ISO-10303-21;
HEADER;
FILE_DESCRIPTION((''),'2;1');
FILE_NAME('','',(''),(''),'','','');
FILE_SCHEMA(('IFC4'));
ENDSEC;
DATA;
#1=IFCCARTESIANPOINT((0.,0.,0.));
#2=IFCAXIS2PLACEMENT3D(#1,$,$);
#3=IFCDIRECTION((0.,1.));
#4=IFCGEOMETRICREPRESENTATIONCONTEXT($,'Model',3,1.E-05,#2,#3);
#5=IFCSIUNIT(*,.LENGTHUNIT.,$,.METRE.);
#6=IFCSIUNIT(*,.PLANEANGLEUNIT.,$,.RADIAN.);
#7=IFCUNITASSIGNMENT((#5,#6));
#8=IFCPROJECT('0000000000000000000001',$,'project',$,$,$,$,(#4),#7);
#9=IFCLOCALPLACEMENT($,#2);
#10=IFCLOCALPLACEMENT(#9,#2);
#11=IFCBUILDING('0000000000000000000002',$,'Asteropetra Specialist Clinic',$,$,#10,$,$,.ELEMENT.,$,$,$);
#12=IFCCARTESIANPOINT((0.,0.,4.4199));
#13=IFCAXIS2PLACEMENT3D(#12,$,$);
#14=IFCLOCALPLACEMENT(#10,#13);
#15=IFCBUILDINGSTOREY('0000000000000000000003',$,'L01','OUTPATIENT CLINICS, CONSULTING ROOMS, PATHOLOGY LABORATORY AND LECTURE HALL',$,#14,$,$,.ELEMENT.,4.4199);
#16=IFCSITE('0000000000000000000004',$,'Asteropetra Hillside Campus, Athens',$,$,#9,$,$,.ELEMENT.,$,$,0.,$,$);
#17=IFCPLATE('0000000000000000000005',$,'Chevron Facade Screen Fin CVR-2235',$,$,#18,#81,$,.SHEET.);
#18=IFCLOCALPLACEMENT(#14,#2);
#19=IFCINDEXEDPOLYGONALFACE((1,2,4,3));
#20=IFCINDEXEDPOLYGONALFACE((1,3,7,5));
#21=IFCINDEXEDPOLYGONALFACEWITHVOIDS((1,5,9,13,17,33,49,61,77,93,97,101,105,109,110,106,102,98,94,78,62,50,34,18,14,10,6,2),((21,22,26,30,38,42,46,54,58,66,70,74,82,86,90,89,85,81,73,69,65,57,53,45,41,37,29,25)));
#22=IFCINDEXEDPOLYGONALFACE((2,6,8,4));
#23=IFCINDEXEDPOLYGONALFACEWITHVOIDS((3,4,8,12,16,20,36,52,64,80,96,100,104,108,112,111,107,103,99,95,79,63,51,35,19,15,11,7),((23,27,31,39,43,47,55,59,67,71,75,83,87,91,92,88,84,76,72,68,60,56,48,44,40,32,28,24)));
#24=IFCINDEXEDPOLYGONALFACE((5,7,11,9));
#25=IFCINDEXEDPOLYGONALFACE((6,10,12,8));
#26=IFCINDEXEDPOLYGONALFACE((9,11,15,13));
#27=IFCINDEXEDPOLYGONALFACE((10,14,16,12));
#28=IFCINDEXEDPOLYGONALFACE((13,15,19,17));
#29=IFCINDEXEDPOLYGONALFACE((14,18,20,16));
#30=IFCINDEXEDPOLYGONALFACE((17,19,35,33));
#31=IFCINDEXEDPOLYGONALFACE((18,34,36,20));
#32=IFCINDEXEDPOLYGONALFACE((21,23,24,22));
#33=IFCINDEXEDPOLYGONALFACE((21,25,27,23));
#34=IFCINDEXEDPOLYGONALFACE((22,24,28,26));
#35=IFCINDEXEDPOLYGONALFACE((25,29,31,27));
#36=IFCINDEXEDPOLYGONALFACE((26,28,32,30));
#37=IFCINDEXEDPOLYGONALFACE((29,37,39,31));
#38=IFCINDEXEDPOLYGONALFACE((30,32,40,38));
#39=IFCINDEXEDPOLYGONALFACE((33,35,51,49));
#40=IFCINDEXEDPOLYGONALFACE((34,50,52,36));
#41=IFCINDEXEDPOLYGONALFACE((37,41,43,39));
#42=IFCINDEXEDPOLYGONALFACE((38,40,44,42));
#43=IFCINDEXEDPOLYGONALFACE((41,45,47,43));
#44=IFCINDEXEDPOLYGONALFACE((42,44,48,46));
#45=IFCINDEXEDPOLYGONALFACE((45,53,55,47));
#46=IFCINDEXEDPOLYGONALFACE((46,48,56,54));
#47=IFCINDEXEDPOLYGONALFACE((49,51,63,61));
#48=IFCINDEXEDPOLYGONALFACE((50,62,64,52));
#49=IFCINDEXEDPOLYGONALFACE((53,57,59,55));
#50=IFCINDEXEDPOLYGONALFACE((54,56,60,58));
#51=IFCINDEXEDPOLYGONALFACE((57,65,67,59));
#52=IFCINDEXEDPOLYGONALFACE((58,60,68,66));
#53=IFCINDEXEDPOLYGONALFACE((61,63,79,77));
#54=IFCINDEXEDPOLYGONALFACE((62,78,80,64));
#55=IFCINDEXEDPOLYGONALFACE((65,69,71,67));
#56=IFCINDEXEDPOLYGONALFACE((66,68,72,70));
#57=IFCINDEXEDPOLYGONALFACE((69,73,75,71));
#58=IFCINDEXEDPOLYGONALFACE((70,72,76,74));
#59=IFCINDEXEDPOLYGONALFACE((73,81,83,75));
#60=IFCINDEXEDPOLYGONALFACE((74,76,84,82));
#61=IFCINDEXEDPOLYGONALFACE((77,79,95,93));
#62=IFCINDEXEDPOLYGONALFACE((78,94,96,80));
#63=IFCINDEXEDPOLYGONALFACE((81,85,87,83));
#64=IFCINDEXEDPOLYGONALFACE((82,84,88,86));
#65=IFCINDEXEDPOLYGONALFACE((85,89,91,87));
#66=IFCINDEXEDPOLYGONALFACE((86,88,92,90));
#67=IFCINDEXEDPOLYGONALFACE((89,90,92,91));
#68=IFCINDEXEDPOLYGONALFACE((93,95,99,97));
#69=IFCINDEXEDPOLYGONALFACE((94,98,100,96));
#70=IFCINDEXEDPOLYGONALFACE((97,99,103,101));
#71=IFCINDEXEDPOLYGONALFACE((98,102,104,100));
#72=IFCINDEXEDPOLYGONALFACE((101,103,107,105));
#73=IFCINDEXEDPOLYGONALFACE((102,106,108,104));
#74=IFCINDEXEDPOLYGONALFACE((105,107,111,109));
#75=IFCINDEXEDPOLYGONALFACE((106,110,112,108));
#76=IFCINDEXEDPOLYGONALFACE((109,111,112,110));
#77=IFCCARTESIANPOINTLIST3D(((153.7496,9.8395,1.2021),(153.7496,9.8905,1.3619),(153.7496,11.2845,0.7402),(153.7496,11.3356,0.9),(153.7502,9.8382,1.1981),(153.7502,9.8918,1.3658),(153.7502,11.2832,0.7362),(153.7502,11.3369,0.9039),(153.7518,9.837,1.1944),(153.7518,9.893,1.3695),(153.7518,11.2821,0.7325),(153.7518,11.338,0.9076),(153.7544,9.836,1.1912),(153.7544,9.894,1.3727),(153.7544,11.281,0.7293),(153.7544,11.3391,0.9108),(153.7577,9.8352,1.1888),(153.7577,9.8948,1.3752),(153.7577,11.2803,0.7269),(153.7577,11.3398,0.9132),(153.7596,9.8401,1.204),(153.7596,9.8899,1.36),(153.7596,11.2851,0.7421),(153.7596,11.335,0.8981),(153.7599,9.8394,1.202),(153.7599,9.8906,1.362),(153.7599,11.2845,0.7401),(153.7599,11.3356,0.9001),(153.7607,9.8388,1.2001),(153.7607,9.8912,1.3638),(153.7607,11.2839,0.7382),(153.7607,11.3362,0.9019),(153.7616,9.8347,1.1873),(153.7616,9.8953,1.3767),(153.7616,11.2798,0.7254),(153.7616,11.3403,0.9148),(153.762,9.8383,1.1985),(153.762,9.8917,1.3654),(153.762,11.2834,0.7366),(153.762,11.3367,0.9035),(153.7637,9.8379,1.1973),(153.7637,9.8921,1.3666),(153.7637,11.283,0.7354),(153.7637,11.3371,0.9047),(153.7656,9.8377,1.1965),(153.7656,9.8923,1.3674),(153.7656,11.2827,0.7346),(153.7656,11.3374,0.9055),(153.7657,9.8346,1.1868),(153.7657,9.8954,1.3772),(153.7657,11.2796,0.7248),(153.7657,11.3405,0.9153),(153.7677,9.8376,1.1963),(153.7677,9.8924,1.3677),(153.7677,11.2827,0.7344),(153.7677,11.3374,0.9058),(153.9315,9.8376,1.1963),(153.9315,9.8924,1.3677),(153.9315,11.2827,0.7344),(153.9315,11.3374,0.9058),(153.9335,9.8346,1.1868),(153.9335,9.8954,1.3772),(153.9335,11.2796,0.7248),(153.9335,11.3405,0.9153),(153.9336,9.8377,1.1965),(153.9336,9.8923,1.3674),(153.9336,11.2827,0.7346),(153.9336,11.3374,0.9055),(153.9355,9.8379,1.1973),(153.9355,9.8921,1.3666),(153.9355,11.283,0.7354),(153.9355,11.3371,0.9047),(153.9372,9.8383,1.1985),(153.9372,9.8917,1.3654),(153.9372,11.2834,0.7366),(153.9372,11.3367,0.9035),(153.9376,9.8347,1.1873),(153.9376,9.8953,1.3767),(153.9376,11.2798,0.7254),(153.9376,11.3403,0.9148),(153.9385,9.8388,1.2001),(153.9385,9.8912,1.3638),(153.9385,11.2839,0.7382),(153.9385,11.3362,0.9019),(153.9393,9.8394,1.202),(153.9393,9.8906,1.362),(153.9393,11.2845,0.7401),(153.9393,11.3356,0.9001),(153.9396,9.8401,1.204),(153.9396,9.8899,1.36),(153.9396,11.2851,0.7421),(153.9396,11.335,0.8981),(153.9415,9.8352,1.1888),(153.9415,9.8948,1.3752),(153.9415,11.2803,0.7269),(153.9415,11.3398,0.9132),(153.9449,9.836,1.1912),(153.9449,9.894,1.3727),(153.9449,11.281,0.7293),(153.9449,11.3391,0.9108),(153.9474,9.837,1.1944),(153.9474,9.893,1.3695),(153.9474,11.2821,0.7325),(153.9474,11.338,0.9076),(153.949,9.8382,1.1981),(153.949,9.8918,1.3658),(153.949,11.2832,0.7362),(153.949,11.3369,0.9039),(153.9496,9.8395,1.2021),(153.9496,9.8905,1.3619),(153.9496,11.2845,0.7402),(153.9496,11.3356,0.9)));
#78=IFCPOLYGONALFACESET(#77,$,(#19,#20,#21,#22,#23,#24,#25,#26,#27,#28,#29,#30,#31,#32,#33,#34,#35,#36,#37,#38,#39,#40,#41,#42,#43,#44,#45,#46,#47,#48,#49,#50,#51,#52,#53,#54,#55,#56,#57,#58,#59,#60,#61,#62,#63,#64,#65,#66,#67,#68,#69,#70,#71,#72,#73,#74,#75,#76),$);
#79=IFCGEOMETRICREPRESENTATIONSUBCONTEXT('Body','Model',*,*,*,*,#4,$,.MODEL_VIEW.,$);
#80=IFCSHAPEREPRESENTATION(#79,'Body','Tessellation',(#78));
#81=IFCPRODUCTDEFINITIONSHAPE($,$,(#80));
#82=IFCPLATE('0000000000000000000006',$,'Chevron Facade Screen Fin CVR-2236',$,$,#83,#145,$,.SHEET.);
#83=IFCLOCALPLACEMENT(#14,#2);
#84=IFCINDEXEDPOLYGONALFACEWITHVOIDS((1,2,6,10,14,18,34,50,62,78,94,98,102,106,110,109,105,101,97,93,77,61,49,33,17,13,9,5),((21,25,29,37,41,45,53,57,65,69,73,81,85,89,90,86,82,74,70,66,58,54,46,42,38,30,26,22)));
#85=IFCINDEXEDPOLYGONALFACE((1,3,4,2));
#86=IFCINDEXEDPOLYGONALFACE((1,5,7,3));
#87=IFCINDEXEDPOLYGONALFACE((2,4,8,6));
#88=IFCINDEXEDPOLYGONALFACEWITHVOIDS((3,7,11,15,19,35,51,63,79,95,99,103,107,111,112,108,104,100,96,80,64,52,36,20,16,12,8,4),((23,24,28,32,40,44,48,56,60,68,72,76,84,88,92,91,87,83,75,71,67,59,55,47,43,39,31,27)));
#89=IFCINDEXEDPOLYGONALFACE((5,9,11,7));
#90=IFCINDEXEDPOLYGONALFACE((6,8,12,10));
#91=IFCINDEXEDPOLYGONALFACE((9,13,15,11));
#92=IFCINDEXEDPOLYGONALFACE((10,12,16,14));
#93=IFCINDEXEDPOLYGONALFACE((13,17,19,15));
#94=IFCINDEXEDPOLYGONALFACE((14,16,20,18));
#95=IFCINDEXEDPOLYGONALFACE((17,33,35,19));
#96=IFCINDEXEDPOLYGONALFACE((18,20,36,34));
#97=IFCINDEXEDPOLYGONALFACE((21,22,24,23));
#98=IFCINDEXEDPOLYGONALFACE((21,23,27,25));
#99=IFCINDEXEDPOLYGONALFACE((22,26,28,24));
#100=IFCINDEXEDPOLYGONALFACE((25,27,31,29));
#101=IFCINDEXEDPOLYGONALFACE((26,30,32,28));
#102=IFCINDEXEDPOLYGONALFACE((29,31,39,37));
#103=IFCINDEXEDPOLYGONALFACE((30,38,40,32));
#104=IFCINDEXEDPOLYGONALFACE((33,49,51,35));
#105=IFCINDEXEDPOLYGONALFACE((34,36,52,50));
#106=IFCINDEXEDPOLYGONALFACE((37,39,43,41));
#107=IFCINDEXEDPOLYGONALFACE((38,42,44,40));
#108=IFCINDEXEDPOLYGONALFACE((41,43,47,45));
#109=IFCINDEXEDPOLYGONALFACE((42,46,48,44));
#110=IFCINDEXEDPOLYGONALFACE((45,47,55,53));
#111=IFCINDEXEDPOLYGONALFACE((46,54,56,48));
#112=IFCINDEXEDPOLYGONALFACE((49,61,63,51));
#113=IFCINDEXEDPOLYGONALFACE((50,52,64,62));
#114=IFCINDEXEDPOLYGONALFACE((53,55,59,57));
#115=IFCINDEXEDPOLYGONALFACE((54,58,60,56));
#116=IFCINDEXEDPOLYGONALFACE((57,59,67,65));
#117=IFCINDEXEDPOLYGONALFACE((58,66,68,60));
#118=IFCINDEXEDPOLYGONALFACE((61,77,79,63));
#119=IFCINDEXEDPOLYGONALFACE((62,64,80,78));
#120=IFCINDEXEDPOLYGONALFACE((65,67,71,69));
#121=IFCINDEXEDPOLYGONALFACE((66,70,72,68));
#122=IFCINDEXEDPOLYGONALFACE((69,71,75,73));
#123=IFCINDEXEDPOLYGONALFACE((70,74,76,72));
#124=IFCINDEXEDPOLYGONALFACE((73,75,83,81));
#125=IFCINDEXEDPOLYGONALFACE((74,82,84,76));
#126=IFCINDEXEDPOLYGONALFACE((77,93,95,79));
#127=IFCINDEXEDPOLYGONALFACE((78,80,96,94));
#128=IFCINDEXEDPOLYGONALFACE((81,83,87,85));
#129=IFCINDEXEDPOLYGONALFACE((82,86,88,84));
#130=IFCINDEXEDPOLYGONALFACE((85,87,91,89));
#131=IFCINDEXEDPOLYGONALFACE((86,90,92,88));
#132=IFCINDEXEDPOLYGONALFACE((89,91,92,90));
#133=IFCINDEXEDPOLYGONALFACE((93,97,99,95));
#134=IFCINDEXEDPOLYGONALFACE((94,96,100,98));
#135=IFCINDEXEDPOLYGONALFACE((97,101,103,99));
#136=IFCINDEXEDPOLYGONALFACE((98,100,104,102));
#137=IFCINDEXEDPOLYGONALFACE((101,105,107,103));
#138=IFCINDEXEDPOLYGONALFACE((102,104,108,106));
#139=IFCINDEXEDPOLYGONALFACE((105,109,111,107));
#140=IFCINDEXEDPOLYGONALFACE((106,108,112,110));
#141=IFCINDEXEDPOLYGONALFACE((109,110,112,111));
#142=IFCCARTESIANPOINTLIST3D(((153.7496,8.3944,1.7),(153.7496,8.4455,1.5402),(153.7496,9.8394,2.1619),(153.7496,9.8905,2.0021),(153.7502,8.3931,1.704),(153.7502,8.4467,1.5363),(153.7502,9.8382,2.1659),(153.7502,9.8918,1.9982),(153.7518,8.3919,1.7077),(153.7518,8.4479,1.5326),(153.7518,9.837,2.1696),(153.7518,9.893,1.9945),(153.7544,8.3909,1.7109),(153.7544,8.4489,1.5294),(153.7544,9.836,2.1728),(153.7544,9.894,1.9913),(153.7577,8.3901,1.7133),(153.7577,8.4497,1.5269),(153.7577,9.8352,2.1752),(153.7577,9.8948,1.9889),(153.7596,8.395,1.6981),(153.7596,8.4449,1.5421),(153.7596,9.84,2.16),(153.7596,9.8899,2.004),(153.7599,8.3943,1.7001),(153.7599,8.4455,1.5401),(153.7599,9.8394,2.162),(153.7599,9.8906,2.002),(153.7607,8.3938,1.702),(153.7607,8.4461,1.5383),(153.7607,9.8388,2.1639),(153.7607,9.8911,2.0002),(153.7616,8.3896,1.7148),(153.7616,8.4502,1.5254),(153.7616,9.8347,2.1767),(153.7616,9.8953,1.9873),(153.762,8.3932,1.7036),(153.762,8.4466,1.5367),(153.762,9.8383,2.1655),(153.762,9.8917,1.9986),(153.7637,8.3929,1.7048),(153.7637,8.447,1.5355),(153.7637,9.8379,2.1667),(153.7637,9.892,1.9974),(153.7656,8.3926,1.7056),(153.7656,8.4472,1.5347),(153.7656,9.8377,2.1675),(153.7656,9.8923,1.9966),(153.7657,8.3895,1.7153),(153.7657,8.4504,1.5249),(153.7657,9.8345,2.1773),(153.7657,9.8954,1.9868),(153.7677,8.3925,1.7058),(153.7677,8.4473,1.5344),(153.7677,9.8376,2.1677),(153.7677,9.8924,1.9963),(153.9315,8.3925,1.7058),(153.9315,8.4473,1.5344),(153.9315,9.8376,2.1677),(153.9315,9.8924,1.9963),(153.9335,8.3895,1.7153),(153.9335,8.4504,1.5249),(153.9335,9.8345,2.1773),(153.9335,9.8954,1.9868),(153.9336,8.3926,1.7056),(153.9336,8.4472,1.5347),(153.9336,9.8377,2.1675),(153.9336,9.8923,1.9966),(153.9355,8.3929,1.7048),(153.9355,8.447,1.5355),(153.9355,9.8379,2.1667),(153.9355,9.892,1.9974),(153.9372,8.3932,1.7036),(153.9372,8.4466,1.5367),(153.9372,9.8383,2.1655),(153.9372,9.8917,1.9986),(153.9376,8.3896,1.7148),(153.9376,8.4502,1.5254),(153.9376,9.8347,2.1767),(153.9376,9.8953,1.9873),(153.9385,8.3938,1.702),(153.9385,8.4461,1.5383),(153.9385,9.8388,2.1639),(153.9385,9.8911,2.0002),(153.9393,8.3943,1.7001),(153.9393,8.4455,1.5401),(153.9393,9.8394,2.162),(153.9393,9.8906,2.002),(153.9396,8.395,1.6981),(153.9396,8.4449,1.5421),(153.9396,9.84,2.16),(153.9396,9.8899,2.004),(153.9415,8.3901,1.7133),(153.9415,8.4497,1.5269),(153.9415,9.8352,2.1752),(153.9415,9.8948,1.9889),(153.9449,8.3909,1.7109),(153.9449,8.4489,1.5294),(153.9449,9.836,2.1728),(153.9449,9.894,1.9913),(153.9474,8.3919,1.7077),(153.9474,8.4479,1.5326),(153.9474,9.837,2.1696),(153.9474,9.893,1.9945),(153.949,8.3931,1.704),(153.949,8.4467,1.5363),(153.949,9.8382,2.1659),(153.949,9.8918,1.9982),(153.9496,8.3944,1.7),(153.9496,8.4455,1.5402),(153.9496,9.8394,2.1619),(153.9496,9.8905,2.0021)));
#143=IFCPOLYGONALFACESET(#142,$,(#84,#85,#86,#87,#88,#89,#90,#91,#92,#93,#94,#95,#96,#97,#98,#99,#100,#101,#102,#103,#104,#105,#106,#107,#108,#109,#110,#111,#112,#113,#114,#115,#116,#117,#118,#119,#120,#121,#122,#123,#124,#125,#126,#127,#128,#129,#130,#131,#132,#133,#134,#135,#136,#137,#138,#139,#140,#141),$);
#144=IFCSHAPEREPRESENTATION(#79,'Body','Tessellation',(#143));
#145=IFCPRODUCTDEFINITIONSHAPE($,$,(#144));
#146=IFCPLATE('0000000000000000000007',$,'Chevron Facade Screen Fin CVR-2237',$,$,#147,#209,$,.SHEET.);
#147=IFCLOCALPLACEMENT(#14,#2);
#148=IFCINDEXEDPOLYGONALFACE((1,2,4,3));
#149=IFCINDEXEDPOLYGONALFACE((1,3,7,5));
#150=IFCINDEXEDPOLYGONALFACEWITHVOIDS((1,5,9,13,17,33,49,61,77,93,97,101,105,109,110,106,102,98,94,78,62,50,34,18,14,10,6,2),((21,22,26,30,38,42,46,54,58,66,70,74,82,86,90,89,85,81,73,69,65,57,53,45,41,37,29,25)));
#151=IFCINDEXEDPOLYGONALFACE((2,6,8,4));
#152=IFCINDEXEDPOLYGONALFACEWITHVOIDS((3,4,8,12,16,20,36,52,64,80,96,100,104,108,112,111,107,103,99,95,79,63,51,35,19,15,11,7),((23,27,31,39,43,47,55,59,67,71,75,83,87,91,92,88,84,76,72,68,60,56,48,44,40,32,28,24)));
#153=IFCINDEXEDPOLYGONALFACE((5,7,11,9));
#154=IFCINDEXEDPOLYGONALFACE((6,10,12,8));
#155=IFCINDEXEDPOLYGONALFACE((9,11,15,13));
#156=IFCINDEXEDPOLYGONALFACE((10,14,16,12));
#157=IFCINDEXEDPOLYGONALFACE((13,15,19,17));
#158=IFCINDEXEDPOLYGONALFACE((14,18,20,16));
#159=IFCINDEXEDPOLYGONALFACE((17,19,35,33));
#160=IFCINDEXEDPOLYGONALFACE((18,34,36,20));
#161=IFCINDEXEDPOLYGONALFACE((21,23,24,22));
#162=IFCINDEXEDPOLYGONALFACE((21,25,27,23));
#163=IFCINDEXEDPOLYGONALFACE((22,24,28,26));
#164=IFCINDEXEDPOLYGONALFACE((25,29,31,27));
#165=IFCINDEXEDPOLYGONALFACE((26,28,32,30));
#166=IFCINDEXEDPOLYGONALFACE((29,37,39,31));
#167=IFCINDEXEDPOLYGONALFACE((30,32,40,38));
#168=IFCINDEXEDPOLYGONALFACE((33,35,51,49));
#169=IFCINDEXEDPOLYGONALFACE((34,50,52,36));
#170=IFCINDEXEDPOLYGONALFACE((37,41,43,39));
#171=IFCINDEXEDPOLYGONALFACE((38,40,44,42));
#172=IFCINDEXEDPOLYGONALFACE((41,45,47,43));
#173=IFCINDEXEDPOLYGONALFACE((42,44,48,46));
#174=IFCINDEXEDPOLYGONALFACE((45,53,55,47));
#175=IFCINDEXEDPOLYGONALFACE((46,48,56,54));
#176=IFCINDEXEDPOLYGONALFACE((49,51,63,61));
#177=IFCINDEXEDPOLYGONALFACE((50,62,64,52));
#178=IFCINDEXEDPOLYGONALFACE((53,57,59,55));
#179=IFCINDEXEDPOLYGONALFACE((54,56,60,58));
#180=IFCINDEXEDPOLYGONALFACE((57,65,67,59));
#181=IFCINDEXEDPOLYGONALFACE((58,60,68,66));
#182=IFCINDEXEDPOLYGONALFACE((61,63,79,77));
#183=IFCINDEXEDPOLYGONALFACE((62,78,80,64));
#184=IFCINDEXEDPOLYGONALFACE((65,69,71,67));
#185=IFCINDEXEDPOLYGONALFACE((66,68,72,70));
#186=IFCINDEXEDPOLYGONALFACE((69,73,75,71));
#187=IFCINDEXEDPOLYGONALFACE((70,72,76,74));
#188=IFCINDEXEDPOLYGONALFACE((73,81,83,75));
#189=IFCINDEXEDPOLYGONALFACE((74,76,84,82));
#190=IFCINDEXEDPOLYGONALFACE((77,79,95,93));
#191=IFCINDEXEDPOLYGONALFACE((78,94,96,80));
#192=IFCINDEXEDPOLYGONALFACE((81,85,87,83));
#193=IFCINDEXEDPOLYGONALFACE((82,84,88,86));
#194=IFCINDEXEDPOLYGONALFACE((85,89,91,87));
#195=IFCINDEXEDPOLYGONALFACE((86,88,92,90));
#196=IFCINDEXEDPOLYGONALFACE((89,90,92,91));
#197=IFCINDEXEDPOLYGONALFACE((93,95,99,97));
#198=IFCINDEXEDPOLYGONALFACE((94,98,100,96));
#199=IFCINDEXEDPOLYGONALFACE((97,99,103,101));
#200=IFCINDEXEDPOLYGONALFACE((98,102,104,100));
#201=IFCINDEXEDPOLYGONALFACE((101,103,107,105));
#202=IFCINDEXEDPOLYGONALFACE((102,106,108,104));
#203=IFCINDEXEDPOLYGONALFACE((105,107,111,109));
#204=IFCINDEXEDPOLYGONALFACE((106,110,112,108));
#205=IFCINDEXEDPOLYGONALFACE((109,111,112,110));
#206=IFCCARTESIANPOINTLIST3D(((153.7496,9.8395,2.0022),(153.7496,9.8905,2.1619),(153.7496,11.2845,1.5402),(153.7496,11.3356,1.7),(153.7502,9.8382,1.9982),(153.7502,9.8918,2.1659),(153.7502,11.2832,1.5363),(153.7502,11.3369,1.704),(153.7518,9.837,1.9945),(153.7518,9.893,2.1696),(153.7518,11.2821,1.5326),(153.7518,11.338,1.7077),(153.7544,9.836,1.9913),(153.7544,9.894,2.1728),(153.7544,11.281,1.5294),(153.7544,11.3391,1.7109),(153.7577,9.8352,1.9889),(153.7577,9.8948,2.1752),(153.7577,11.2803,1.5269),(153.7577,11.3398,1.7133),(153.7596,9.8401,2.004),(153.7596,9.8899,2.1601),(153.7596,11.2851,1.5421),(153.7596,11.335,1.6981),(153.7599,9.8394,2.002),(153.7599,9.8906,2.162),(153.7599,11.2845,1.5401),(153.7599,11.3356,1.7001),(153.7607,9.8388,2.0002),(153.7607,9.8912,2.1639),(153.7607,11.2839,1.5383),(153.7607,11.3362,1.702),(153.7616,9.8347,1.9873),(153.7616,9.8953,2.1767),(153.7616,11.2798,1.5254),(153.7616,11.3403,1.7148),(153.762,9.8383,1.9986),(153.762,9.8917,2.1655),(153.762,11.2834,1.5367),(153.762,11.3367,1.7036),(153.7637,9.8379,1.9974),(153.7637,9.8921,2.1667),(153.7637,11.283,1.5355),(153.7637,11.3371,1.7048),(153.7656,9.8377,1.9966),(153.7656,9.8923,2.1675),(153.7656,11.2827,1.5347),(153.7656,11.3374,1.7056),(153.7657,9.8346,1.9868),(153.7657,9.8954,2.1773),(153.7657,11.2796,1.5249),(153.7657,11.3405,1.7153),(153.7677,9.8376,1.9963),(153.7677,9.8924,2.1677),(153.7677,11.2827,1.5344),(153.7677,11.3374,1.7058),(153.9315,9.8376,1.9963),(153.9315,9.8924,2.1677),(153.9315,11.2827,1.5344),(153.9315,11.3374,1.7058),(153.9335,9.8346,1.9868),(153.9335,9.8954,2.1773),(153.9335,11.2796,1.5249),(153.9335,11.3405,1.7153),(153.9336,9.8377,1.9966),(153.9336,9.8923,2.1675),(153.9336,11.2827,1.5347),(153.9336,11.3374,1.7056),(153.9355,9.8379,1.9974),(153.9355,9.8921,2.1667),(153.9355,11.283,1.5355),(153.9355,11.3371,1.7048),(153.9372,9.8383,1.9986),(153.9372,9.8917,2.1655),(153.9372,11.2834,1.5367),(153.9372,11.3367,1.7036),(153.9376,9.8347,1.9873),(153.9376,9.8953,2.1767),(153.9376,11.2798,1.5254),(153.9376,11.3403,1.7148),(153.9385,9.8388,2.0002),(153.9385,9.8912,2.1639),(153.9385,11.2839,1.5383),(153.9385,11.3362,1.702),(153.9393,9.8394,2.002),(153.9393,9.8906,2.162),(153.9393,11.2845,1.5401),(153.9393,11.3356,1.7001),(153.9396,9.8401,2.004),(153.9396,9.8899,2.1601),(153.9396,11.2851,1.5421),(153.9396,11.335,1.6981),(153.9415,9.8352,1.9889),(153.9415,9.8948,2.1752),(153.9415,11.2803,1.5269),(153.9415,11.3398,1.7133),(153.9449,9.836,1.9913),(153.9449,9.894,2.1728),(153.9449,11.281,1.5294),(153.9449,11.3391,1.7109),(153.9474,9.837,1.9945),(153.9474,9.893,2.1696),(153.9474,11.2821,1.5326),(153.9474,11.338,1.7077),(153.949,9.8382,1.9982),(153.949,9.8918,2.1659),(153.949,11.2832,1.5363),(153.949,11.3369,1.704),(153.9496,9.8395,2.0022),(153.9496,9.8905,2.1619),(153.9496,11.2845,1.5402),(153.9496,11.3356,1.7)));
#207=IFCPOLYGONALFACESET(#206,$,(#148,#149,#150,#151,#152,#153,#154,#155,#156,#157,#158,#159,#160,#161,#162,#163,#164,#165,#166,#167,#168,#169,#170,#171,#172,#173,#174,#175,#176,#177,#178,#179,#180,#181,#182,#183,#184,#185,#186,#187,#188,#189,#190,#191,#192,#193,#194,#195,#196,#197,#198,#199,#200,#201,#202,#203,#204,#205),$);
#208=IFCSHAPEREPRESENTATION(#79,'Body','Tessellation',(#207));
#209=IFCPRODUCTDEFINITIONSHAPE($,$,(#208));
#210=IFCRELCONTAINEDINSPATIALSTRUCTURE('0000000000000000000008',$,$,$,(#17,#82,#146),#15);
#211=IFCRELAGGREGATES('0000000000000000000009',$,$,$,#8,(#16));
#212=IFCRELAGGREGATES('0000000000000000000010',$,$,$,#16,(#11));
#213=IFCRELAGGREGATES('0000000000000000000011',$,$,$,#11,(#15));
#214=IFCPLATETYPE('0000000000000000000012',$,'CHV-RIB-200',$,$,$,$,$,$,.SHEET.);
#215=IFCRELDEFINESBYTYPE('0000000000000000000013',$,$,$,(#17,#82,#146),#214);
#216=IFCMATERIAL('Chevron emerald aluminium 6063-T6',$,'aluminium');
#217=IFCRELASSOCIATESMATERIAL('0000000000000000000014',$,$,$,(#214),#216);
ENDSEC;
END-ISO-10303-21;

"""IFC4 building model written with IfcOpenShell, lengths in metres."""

from ifc_helpers import new_model, si_unit, direction, frame, origin, origin_2d, place, context, subcontext, project, spatial, hollow_rectangle, extrude, material, material_profile, profile_set, type_object, element, save


model = new_model("IFC4")

# Units and contexts
model_context = context("Model", 3, precision=1e-05, world=origin(), true_north=direction((0.0, 1.0)))
body_context = subcontext(model_context, "Body", "Model", "MODEL_VIEW")
ifc_project = project(units=[si_unit("LENGTHUNIT", "METRE"), si_unit("PLANEANGLEUNIT", "RADIAN")], contexts=[model_context])

# Site, building, storey
site_placement = place(None, origin())
site = spatial("IfcSite", under=ifc_project, at=site_placement, Name="Asteropetra Hillside Campus, Athens", CompositionType="ELEMENT", RefElevation=0.0)
building_placement = place(site_placement, origin())
building = spatial("IfcBuilding", under=site, at=building_placement, Name="Asteropetra Specialist Clinic", CompositionType="ELEMENT")
storey_placement = place(building_placement, frame((0.0, 0.0, 4.4199)))
storey = spatial("IfcBuildingStorey", under=building, at=storey_placement, Name="L01", Description="OUTPATIENT CLINICS, CONSULTING ROOMS, PATHOLOGY LABORATORY AND LECTURE HALL", CompositionType="ELEMENT", Elevation=4.4199)

# Plates
ifc_material_1 = material(Name="Chevron emerald aluminium 6063-T6", Category="aluminium")
ifc_material_profile = material_profile(ifc_material_1, hollow_rectangle(XDim=0.2, YDim=0.2, WallThickness=0.01, InnerFilletRadius=0.0081, OuterFilletRadius=0.0161, at=origin_2d()), Name="SHS 200x200x10.0")
ifc_profile_set = profile_set([ifc_material_profile], Name="Chevron emerald aluminium 6063-T6")
plate_type = type_object("IfcPlateType", Name="CHV-RIB-200", PredefinedType="SHEET", material=ifc_profile_set)
for number, where, z_axis, x_axis, name in (
    (1, (153.8496, 9.865, 1.282), (0.0, 0.952521, -0.304472), (-1.0, 0.0, 0.0), "Chevron Facade Screen Fin CVR-2235"),
    (2, (153.8496, 8.4199, 1.6201), (0.0, 0.952521, 0.304472), (-1.0, 0.0, 0.0), "Chevron Facade Screen Fin CVR-2236"),
    (3, (153.8496, 9.865, 2.082), (0.0, 0.952521, -0.304472), (-1.0, 0.0, 0.0), "Chevron Facade Screen Fin CVR-2237"),
):
    element("IfcPlate", number, at=place(storey_placement, frame(where, z_axis=z_axis, x_axis=x_axis)), inside=storey, type_object=plate_type, Name=name, PredefinedType="SHEET", context=body_context, shape_type="SweptSolid", body=[
        extrude(hollow_rectangle(XDim=0.2, YDim=0.2, WallThickness=0.01, InnerFilletRadius=0.0081, OuterFilletRadius=0.0161, at=origin_2d()), origin(), (0.0, 0.0, 1.0), 1.5171),
    ])

save(model, "model.ifc")
